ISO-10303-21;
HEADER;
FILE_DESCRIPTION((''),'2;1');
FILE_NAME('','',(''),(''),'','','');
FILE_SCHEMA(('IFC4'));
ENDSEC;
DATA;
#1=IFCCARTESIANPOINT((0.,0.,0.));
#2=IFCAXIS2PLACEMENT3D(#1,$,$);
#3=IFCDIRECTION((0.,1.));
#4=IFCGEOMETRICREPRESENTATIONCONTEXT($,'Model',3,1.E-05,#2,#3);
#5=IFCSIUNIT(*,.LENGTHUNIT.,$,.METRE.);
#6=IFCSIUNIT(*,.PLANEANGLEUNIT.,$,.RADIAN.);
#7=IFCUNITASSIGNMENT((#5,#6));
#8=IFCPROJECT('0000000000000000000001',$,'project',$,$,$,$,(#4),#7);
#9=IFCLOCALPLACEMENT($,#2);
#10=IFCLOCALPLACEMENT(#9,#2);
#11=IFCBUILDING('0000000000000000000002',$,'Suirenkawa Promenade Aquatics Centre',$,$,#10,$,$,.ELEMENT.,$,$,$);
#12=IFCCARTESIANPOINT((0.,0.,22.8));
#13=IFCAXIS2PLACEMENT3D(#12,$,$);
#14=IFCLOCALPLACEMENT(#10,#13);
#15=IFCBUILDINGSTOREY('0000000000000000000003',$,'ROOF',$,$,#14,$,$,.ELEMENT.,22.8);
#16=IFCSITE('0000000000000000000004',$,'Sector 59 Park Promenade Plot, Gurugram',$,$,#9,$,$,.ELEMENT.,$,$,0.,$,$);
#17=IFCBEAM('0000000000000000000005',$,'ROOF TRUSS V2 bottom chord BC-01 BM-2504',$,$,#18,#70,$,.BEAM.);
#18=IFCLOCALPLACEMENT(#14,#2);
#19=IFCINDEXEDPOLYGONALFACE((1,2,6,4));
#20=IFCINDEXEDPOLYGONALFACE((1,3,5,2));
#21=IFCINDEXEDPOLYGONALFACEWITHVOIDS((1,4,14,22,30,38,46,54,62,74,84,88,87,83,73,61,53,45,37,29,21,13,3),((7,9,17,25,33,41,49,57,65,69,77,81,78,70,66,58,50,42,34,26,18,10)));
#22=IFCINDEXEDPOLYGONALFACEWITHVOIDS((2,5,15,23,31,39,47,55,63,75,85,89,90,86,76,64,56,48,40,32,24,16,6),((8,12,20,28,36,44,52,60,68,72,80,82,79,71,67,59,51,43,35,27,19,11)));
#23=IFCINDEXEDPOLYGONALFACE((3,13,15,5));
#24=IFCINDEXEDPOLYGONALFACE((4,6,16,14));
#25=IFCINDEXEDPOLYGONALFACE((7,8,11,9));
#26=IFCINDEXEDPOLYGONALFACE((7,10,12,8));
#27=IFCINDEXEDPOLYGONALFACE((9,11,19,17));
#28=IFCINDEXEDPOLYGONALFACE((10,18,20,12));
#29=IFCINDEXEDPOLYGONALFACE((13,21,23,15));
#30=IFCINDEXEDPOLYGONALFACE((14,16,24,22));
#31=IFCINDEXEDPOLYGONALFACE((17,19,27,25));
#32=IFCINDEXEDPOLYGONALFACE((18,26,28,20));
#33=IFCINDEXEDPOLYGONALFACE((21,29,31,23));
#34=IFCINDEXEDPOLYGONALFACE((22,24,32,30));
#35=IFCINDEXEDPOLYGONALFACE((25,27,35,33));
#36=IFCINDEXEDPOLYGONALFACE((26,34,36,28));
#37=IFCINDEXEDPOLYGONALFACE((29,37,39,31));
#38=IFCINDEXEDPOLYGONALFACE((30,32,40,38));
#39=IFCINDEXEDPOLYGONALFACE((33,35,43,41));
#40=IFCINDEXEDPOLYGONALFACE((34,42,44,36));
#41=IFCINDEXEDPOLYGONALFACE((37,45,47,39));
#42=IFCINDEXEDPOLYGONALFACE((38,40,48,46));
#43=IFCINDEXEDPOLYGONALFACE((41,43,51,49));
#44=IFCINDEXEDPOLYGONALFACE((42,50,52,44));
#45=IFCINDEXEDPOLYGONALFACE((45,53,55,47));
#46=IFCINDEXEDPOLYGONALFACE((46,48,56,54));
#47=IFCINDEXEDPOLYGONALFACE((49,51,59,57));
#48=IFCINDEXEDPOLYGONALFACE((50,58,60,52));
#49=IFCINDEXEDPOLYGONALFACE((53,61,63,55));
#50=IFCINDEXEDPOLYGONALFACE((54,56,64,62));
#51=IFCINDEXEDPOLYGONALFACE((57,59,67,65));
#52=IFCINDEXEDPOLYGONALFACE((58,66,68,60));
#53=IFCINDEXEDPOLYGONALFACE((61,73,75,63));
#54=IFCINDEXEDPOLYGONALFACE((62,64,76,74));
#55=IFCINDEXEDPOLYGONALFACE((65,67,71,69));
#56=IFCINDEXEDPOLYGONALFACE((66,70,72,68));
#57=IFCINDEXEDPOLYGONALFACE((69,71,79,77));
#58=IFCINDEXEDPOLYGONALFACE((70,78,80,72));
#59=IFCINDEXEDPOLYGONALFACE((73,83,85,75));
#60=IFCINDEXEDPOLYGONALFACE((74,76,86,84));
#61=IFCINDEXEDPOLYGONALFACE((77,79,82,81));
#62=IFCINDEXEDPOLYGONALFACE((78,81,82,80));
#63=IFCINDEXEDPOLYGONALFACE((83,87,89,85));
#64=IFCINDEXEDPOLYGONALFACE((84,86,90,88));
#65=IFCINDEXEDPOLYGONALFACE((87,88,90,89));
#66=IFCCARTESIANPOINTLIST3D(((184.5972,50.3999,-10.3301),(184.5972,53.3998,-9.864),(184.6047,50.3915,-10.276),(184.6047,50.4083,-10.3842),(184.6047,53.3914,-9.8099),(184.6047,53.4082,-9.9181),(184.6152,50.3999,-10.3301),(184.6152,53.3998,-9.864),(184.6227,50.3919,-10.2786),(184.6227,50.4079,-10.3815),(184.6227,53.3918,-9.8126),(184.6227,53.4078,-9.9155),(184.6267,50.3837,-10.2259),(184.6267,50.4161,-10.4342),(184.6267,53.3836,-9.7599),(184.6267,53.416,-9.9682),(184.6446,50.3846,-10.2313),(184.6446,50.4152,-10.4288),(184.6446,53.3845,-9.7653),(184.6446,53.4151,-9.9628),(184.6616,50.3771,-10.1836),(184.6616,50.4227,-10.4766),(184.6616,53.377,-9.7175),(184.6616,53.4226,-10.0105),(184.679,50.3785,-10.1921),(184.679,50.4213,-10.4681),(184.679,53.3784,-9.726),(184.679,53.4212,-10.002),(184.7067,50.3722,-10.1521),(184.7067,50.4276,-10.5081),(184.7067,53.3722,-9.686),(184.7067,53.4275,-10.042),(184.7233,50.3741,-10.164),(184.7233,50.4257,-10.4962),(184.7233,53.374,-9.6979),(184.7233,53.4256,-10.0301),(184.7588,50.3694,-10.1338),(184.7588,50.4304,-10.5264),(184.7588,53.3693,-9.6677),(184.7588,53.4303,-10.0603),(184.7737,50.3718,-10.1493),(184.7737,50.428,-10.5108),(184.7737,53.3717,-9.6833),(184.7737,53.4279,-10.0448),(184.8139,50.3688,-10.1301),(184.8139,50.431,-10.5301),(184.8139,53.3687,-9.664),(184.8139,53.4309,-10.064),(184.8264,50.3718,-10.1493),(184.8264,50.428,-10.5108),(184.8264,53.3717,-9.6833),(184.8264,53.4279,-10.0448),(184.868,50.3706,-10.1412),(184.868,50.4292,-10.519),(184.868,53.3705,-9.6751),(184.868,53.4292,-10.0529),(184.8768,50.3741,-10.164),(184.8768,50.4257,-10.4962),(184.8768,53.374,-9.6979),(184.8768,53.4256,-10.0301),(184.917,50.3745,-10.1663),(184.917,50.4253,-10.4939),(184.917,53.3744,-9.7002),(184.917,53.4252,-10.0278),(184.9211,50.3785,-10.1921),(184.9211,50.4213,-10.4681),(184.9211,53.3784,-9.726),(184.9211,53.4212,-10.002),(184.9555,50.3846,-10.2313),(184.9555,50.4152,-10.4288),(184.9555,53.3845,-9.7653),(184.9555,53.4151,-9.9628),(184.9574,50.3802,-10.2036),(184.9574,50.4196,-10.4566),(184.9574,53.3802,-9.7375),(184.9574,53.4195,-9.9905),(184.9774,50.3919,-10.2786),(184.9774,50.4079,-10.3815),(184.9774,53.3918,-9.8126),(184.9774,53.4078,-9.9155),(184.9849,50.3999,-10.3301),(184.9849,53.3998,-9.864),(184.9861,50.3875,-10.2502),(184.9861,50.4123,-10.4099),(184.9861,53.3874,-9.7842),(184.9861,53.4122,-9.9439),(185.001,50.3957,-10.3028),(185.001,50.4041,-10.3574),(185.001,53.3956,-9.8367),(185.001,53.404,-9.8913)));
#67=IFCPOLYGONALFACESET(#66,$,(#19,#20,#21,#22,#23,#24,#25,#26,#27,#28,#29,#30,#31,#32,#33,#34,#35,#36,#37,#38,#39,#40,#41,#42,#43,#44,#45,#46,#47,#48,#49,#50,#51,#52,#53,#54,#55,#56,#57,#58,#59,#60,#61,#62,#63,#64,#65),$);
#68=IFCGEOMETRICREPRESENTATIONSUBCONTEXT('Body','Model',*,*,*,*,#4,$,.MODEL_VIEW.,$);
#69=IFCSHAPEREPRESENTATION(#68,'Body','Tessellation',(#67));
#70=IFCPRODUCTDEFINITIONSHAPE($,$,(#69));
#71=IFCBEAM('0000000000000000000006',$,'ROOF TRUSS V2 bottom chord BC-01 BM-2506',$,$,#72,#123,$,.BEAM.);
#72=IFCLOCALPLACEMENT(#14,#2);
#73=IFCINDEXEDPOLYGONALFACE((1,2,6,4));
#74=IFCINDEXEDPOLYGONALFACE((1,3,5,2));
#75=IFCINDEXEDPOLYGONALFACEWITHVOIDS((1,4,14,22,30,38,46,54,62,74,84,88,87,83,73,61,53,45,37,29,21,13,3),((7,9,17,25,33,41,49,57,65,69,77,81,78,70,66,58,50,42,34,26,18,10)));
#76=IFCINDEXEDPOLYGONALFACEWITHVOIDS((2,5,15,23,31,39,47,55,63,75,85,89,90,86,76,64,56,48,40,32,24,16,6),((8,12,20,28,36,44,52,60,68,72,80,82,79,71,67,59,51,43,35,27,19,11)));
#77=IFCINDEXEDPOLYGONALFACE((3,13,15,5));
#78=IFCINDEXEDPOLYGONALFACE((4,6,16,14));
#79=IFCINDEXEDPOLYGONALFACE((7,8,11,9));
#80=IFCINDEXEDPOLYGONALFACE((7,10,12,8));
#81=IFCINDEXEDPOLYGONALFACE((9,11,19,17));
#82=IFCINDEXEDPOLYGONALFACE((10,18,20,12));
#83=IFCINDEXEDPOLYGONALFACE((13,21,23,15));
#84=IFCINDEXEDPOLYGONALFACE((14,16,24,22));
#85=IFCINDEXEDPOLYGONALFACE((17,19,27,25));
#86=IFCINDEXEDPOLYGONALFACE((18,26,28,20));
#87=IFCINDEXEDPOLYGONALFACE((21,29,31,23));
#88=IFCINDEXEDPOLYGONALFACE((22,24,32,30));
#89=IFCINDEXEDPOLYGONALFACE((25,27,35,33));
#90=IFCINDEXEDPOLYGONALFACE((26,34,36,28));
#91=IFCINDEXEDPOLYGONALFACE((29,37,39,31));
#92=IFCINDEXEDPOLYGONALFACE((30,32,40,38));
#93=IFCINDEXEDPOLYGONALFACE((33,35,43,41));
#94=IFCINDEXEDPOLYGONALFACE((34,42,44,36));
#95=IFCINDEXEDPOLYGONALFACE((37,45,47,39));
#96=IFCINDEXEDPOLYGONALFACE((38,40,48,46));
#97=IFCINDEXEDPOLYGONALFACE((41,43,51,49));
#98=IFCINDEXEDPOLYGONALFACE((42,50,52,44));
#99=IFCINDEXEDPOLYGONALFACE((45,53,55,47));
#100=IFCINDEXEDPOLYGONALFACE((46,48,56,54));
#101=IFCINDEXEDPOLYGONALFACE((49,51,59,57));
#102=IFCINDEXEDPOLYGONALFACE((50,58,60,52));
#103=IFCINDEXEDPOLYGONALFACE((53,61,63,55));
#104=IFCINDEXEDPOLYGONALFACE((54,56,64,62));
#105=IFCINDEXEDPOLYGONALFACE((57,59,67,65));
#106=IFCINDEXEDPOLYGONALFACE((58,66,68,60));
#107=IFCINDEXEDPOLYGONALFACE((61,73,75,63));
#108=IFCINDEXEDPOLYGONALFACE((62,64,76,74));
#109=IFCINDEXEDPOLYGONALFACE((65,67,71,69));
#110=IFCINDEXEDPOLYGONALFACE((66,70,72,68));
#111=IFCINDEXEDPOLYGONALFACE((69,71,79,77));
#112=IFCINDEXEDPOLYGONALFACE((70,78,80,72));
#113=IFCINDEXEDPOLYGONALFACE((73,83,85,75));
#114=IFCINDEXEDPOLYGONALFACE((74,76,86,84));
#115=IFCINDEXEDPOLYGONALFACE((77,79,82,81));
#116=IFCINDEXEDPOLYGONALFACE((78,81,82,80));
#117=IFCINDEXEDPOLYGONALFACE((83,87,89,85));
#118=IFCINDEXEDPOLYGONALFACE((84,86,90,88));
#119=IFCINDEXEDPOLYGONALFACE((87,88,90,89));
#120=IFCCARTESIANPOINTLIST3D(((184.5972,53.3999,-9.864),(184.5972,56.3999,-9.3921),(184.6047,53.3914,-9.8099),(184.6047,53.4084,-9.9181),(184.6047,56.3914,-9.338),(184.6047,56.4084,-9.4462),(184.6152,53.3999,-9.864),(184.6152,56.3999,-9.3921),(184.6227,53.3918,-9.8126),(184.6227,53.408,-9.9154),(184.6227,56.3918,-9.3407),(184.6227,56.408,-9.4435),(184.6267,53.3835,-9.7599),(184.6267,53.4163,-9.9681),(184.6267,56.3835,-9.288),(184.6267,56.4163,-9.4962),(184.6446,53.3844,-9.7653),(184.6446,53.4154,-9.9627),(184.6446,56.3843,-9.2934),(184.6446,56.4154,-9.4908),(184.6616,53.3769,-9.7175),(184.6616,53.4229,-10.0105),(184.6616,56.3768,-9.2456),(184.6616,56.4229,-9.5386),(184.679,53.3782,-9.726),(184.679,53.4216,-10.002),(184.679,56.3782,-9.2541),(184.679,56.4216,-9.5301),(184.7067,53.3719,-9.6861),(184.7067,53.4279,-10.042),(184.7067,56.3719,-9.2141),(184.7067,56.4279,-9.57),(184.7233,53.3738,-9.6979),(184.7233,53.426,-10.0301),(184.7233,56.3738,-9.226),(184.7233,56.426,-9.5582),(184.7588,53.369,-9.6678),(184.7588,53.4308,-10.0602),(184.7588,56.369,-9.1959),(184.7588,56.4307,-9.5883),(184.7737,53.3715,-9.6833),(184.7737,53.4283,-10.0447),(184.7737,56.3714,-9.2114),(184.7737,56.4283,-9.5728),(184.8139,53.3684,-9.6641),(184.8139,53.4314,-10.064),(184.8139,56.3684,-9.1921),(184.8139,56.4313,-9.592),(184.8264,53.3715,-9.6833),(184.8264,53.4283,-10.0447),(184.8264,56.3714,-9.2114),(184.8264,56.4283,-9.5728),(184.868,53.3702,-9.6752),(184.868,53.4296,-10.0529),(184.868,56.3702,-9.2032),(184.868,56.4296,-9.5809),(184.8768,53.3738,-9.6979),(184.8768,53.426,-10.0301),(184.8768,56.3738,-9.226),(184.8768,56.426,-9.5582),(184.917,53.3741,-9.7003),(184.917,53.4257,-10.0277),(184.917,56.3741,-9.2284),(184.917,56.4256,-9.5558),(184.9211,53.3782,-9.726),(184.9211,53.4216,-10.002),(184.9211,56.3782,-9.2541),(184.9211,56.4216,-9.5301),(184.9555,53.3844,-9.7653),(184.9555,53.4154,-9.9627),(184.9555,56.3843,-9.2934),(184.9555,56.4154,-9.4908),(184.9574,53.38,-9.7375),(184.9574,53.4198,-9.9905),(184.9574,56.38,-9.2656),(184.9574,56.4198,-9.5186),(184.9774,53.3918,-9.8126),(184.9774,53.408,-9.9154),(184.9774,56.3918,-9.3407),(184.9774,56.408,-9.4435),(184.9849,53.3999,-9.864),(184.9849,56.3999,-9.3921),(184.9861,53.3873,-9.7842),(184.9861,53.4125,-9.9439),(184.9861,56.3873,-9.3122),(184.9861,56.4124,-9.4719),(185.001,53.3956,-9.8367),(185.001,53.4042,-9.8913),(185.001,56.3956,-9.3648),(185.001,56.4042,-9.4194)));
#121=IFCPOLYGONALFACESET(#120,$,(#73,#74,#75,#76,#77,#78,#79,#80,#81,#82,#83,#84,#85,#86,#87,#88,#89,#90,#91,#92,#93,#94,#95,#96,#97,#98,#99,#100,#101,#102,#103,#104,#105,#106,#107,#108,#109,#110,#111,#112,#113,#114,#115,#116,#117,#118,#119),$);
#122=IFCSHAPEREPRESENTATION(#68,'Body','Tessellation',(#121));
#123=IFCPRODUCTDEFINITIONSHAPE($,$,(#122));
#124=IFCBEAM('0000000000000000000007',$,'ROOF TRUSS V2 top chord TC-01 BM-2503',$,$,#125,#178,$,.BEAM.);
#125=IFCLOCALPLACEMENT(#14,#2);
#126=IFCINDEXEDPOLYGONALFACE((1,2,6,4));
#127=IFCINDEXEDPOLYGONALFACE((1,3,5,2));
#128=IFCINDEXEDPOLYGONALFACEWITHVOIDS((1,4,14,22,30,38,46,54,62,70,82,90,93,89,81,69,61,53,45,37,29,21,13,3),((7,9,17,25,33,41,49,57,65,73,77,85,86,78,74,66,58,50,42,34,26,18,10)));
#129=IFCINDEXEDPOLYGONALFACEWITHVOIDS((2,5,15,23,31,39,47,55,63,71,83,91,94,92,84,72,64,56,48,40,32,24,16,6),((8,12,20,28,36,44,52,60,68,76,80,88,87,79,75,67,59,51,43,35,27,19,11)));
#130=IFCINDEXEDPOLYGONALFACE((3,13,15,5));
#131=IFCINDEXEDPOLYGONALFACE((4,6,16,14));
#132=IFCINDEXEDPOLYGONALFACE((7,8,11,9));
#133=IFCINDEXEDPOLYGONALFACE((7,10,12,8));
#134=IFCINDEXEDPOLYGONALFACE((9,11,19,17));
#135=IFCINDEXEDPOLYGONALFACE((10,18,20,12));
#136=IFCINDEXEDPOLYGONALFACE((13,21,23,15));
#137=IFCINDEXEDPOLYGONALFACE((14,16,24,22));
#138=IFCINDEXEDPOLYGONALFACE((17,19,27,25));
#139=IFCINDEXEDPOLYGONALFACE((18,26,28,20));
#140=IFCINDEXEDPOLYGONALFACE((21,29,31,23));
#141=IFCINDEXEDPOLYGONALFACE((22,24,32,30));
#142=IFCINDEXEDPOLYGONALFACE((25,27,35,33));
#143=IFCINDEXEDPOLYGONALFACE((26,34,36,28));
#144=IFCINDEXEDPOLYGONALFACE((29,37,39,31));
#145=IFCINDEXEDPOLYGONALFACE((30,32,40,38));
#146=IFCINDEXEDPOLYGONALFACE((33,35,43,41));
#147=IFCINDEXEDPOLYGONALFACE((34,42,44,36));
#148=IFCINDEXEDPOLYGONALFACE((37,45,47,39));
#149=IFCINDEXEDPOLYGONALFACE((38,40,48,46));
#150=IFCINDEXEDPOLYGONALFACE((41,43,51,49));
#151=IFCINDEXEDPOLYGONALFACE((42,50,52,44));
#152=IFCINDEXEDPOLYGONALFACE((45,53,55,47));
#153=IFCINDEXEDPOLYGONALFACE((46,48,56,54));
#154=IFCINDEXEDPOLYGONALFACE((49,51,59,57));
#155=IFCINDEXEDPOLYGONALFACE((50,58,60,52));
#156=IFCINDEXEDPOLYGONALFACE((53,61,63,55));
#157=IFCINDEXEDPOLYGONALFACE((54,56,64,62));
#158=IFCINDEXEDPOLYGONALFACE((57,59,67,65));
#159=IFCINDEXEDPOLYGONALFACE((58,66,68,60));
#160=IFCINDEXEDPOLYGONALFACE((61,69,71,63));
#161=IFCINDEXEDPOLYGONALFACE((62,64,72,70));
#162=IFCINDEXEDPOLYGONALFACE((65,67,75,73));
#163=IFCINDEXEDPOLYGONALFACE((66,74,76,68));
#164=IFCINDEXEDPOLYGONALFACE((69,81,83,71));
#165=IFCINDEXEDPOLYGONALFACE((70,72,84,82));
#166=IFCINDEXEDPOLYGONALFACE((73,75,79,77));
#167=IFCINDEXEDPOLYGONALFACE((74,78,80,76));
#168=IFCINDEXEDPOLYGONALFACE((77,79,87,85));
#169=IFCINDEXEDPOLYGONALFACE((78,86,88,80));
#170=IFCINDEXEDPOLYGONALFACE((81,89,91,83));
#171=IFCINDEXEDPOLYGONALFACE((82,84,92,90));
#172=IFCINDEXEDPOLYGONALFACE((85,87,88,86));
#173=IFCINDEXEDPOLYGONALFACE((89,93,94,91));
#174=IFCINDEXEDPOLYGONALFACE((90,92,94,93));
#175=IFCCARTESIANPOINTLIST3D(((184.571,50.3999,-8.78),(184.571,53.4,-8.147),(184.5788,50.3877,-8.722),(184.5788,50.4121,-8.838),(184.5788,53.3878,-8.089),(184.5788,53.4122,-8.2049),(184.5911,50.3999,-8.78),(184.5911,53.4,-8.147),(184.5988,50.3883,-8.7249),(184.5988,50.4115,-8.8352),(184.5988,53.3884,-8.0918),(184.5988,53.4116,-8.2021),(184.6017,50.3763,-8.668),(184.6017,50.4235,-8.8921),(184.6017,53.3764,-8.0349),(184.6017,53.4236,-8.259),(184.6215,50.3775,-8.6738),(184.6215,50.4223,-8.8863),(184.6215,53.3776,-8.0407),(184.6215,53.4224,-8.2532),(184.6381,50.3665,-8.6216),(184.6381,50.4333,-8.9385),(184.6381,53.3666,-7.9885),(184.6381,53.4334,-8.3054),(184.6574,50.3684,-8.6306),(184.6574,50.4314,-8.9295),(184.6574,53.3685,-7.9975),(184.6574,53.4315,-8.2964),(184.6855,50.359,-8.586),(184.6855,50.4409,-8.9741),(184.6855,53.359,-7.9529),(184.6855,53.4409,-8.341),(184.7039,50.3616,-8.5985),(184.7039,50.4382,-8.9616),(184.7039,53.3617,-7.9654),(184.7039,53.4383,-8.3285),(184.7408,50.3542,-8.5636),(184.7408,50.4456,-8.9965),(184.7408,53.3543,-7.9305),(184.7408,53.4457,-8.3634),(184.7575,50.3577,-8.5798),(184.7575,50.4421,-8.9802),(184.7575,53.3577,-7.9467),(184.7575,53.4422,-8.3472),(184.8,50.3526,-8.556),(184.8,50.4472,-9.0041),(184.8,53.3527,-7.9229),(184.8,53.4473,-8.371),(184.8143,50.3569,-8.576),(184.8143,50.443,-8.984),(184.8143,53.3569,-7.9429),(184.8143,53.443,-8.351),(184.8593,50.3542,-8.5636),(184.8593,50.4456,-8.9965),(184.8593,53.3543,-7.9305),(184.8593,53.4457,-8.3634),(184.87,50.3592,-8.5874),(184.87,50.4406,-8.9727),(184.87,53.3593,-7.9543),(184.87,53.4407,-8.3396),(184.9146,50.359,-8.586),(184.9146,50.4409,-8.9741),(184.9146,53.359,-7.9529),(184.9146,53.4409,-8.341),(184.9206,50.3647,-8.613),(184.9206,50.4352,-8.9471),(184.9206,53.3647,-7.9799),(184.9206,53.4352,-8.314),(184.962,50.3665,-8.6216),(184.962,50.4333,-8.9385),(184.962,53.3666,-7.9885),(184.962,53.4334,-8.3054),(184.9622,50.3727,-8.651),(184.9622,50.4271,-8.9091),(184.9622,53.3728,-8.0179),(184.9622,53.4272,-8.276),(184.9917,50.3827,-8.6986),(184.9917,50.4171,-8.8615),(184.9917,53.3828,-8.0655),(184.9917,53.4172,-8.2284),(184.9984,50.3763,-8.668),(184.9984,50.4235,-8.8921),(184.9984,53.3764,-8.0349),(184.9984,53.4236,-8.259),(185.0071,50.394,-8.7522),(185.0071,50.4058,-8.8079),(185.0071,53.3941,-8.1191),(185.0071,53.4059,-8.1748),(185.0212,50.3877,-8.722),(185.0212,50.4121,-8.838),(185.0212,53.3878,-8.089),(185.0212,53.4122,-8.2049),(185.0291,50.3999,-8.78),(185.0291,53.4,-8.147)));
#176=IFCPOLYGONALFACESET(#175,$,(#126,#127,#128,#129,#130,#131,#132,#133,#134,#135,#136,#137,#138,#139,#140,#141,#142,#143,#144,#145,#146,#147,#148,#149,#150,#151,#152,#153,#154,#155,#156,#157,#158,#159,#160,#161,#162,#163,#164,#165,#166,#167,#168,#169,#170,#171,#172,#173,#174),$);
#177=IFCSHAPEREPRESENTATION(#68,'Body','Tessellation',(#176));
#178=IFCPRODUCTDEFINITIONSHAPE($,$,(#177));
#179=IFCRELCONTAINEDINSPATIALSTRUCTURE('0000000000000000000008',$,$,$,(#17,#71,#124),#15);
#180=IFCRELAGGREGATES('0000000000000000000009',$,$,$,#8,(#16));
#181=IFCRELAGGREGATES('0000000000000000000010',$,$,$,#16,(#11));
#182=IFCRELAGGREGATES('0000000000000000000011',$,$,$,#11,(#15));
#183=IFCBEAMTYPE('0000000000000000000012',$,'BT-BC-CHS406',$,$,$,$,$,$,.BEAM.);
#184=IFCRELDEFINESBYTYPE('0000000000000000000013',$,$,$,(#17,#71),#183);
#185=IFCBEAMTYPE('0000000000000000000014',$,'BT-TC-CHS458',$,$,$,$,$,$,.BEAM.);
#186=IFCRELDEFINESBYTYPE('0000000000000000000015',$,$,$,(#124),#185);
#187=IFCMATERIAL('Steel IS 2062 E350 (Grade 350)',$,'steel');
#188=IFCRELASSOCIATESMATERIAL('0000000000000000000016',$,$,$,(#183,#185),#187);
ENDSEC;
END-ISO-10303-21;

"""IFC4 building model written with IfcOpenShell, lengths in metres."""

from ifc_helpers import new_model, si_unit, direction, frame, origin, origin_2d, place, context, subcontext, project, spatial, hollow_circle, extrude, material, material_profile, profile_set, type_object, element, save


model = new_model("IFC4")

# Units and contexts
model_context = context("Model", 3, precision=1e-05, world=origin(), true_north=direction((0.0, 1.0)))
body_context = subcontext(model_context, "Body", "Model", "MODEL_VIEW")
ifc_project = project(units=[si_unit("LENGTHUNIT", "METRE"), si_unit("PLANEANGLEUNIT", "RADIAN")], contexts=[model_context])

# Site, building, storey
site_placement = place(None, origin())
site = spatial("IfcSite", under=ifc_project, at=site_placement, Name="Sector 59 Park Promenade Plot, Gurugram", CompositionType="ELEMENT", RefElevation=0.0)
building_placement = place(site_placement, origin())
building = spatial("IfcBuilding", under=site, at=building_placement, Name="Suirenkawa Promenade Aquatics Centre", CompositionType="ELEMENT")
storey_placement = place(building_placement, frame((0.0, 0.0, 22.8)))
storey = spatial("IfcBuildingStorey", under=building, at=storey_placement, Name="ROOF", CompositionType="ELEMENT", Elevation=22.8)

# Beams
ifc_material_1 = material(Name="Steel IS 2062 E350 (Grade 350)", Category="steel")
ifc_material_profile_1 = material_profile(ifc_material_1, hollow_circle(Radius=0.2029, WallThickness=0.0181, at=origin_2d()), Name="CHS 406x18", Category="steel")
ifc_profile_set_1 = profile_set([ifc_material_profile_1], Name="Steel IS 2062 E350 (Grade 350)")
beam_type_1 = type_object("IfcBeamType", Name="BT-BC-CHS406", PredefinedType="BEAM", material=ifc_profile_set_1)
beam_1_placement = place(storey_placement, frame((184.8, 50.3999, -10.3301), z_axis=(0.0, 0.988147, 0.153513), x_axis=(-1.0, 0.0, 0.0)))
element("IfcBeam", 1, at=beam_1_placement, inside=storey, type_object=beam_type_1, Name="ROOF TRUSS V2 bottom chord BC-01 BM-2504", PredefinedType="BEAM", context=body_context, shape_type="SweptSolid", body=[
    extrude(hollow_circle(Radius=0.2029, WallThickness=0.0181, at=origin_2d()), origin(), (0.0, 0.0, 1.0), 3.0359),
])
beam_2_placement = place(storey_placement, frame((184.8, 53.3999, -9.864), z_axis=(0.0, 0.987852, 0.155397), x_axis=(-1.0, 0.0, 0.0)))
element("IfcBeam", 2, at=beam_2_placement, inside=storey, type_object=beam_type_1, Name="ROOF TRUSS V2 bottom chord BC-01 BM-2506", PredefinedType="BEAM", context=body_context, shape_type="SweptSolid", body=[
    extrude(hollow_circle(Radius=0.2029, WallThickness=0.0181, at=origin_2d()), origin(), (0.0, 0.0, 1.0), 3.0369),
])
ifc_material_profile_2 = material_profile(ifc_material_1, hollow_circle(Radius=0.229, WallThickness=0.02, at=origin_2d()), Name="CHS 458x20", Category="steel")
ifc_profile_set_2 = profile_set([ifc_material_profile_2], Name="Steel IS 2062 E350 (Grade 350)")
beam_type_2 = type_object("IfcBeamType", Name="BT-TC-CHS458", PredefinedType="BEAM", material=ifc_profile_set_2)
for number, where, z_axis, x_axis, name in (
    (3, (184.8, 50.3999, -8.78), (0.0, 0.978453, 0.206472), (-1.0, 0.0, 0.0), "ROOF TRUSS V2 top chord TC-01 BM-2503"),
):
    element("IfcBeam", number, at=place(storey_placement, frame(where, z_axis=z_axis, x_axis=x_axis)), inside=storey, type_object=beam_type_2, Name=name, PredefinedType="BEAM", context=body_context, shape_type="SweptSolid", body=[
        extrude(hollow_circle(Radius=0.229, WallThickness=0.02, at=origin_2d()), origin(), (0.0, 0.0, 1.0), 3.0662),
    ])

save(model, "model.ifc")
